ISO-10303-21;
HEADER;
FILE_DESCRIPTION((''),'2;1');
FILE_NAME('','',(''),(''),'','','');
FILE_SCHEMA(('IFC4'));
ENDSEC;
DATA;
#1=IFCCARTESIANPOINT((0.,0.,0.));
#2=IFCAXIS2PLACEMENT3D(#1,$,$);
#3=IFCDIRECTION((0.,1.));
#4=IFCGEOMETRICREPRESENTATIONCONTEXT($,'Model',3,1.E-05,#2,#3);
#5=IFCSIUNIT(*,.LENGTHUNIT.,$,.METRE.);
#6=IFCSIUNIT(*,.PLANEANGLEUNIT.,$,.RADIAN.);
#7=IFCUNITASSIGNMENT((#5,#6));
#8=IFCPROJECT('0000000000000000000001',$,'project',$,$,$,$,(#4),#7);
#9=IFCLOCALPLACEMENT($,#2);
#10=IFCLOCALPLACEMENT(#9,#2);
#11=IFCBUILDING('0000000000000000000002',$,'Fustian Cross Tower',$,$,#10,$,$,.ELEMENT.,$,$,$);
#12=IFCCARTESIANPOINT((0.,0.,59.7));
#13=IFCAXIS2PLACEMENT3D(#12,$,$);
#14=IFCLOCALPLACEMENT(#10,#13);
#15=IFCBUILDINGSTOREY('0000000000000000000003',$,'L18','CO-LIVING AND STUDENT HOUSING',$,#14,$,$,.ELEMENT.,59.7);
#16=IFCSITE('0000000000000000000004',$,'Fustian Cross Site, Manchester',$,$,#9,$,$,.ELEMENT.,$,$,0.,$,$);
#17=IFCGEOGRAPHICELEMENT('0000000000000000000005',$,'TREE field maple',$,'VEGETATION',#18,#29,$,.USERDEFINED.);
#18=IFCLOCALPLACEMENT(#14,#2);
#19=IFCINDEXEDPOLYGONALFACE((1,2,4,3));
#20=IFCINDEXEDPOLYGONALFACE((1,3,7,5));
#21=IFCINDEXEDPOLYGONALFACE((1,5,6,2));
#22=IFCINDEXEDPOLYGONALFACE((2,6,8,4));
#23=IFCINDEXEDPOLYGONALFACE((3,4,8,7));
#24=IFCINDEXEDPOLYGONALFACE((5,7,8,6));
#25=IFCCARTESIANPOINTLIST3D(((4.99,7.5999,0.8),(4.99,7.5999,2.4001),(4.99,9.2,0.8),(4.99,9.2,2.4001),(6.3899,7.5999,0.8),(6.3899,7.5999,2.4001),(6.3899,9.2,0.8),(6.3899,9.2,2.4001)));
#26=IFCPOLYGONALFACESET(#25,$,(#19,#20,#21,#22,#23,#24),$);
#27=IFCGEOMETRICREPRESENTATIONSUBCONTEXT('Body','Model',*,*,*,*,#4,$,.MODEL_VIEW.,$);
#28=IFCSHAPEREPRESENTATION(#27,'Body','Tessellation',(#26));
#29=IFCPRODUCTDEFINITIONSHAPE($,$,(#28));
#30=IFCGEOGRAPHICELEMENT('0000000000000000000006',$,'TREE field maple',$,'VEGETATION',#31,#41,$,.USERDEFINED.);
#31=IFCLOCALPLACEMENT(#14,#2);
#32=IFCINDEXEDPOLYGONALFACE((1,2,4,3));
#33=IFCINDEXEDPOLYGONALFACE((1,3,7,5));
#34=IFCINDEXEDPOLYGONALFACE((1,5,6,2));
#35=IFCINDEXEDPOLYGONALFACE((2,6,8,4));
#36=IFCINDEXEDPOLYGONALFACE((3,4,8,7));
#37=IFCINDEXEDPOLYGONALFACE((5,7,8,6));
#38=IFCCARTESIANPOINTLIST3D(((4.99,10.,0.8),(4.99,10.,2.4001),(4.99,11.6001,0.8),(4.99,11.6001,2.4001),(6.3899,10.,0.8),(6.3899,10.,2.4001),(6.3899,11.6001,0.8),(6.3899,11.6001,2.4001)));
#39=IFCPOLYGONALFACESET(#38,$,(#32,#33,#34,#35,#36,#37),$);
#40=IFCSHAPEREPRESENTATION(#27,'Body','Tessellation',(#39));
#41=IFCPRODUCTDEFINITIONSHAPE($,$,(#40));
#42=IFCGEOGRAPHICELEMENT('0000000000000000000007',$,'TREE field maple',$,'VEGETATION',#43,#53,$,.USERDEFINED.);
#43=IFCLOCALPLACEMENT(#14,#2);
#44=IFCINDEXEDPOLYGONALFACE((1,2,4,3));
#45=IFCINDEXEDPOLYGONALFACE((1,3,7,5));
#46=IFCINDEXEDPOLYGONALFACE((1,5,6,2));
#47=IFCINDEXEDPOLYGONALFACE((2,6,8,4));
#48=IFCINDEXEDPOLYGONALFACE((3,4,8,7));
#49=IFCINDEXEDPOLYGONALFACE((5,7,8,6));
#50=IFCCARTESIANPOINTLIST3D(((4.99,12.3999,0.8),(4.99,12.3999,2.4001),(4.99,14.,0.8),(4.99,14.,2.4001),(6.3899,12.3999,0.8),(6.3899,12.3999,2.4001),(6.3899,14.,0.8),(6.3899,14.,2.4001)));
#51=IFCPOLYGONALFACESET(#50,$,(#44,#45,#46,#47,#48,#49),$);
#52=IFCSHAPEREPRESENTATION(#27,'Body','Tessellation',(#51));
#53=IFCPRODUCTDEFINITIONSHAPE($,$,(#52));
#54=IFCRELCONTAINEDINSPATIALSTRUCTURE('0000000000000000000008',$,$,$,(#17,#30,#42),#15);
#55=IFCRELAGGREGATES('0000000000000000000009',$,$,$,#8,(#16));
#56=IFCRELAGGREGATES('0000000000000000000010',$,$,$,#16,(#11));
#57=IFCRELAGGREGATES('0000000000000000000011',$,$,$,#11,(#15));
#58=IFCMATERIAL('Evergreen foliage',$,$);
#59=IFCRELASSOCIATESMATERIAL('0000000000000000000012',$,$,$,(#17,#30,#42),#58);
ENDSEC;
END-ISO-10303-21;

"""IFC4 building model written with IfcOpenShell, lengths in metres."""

from ifc_helpers import new_model, si_unit, direction, frame, origin, origin_2d, place, context, subcontext, project, spatial, rectangle, extrude, material, element, save


model = new_model("IFC4")

# Units and contexts
model_context = context("Model", 3, precision=1e-05, world=origin(), true_north=direction((0.0, 1.0)))
body_context = subcontext(model_context, "Body", "Model", "MODEL_VIEW")
ifc_project = project(units=[si_unit("LENGTHUNIT", "METRE"), si_unit("PLANEANGLEUNIT", "RADIAN")], contexts=[model_context])

# Site, building, storey
site_placement = place(None, origin())
site = spatial("IfcSite", under=ifc_project, at=site_placement, Name="Fustian Cross Site, Manchester", CompositionType="ELEMENT", RefElevation=0.0)
building_placement = place(site_placement, origin())
building = spatial("IfcBuilding", under=site, at=building_placement, Name="Fustian Cross Tower", CompositionType="ELEMENT")
storey_placement = place(building_placement, frame((0.0, 0.0, 59.7)))
storey = spatial("IfcBuildingStorey", under=building, at=storey_placement, Name="L18", Description="CO-LIVING AND STUDENT HOUSING", CompositionType="ELEMENT", Elevation=59.7)

# Geographic elements
ifc_material_1 = material(Name="Evergreen foliage")
for number, where, z_axis, x_axis, name in (
    (1, (5.6899, 8.3999, 0.8), (0.0, 0.0, 1.0), (1.0, 0.0, 0.0), "TREE field maple"),
    (2, (5.6899, 10.8, 0.8), (0.0, 0.0, 1.0), (1.0, 0.0, 0.0), "TREE field maple"),
    (3, (5.6899, 13.2, 0.8), (0.0, 0.0, 1.0), (1.0, 0.0, 0.0), "TREE field maple"),
):
    element("IfcGeographicElement", number, at=place(storey_placement, frame(where, z_axis=z_axis, x_axis=x_axis)), inside=storey, material=ifc_material_1, Name=name, ObjectType="VEGETATION", PredefinedType="USERDEFINED", context=body_context, shape_type="SweptSolid", body=[
        extrude(rectangle(XDim=1.3999, YDim=1.6001, at=origin_2d()), origin(), (0.0, 0.0, 1.0), 1.6001),
    ])

save(model, "model.ifc")
